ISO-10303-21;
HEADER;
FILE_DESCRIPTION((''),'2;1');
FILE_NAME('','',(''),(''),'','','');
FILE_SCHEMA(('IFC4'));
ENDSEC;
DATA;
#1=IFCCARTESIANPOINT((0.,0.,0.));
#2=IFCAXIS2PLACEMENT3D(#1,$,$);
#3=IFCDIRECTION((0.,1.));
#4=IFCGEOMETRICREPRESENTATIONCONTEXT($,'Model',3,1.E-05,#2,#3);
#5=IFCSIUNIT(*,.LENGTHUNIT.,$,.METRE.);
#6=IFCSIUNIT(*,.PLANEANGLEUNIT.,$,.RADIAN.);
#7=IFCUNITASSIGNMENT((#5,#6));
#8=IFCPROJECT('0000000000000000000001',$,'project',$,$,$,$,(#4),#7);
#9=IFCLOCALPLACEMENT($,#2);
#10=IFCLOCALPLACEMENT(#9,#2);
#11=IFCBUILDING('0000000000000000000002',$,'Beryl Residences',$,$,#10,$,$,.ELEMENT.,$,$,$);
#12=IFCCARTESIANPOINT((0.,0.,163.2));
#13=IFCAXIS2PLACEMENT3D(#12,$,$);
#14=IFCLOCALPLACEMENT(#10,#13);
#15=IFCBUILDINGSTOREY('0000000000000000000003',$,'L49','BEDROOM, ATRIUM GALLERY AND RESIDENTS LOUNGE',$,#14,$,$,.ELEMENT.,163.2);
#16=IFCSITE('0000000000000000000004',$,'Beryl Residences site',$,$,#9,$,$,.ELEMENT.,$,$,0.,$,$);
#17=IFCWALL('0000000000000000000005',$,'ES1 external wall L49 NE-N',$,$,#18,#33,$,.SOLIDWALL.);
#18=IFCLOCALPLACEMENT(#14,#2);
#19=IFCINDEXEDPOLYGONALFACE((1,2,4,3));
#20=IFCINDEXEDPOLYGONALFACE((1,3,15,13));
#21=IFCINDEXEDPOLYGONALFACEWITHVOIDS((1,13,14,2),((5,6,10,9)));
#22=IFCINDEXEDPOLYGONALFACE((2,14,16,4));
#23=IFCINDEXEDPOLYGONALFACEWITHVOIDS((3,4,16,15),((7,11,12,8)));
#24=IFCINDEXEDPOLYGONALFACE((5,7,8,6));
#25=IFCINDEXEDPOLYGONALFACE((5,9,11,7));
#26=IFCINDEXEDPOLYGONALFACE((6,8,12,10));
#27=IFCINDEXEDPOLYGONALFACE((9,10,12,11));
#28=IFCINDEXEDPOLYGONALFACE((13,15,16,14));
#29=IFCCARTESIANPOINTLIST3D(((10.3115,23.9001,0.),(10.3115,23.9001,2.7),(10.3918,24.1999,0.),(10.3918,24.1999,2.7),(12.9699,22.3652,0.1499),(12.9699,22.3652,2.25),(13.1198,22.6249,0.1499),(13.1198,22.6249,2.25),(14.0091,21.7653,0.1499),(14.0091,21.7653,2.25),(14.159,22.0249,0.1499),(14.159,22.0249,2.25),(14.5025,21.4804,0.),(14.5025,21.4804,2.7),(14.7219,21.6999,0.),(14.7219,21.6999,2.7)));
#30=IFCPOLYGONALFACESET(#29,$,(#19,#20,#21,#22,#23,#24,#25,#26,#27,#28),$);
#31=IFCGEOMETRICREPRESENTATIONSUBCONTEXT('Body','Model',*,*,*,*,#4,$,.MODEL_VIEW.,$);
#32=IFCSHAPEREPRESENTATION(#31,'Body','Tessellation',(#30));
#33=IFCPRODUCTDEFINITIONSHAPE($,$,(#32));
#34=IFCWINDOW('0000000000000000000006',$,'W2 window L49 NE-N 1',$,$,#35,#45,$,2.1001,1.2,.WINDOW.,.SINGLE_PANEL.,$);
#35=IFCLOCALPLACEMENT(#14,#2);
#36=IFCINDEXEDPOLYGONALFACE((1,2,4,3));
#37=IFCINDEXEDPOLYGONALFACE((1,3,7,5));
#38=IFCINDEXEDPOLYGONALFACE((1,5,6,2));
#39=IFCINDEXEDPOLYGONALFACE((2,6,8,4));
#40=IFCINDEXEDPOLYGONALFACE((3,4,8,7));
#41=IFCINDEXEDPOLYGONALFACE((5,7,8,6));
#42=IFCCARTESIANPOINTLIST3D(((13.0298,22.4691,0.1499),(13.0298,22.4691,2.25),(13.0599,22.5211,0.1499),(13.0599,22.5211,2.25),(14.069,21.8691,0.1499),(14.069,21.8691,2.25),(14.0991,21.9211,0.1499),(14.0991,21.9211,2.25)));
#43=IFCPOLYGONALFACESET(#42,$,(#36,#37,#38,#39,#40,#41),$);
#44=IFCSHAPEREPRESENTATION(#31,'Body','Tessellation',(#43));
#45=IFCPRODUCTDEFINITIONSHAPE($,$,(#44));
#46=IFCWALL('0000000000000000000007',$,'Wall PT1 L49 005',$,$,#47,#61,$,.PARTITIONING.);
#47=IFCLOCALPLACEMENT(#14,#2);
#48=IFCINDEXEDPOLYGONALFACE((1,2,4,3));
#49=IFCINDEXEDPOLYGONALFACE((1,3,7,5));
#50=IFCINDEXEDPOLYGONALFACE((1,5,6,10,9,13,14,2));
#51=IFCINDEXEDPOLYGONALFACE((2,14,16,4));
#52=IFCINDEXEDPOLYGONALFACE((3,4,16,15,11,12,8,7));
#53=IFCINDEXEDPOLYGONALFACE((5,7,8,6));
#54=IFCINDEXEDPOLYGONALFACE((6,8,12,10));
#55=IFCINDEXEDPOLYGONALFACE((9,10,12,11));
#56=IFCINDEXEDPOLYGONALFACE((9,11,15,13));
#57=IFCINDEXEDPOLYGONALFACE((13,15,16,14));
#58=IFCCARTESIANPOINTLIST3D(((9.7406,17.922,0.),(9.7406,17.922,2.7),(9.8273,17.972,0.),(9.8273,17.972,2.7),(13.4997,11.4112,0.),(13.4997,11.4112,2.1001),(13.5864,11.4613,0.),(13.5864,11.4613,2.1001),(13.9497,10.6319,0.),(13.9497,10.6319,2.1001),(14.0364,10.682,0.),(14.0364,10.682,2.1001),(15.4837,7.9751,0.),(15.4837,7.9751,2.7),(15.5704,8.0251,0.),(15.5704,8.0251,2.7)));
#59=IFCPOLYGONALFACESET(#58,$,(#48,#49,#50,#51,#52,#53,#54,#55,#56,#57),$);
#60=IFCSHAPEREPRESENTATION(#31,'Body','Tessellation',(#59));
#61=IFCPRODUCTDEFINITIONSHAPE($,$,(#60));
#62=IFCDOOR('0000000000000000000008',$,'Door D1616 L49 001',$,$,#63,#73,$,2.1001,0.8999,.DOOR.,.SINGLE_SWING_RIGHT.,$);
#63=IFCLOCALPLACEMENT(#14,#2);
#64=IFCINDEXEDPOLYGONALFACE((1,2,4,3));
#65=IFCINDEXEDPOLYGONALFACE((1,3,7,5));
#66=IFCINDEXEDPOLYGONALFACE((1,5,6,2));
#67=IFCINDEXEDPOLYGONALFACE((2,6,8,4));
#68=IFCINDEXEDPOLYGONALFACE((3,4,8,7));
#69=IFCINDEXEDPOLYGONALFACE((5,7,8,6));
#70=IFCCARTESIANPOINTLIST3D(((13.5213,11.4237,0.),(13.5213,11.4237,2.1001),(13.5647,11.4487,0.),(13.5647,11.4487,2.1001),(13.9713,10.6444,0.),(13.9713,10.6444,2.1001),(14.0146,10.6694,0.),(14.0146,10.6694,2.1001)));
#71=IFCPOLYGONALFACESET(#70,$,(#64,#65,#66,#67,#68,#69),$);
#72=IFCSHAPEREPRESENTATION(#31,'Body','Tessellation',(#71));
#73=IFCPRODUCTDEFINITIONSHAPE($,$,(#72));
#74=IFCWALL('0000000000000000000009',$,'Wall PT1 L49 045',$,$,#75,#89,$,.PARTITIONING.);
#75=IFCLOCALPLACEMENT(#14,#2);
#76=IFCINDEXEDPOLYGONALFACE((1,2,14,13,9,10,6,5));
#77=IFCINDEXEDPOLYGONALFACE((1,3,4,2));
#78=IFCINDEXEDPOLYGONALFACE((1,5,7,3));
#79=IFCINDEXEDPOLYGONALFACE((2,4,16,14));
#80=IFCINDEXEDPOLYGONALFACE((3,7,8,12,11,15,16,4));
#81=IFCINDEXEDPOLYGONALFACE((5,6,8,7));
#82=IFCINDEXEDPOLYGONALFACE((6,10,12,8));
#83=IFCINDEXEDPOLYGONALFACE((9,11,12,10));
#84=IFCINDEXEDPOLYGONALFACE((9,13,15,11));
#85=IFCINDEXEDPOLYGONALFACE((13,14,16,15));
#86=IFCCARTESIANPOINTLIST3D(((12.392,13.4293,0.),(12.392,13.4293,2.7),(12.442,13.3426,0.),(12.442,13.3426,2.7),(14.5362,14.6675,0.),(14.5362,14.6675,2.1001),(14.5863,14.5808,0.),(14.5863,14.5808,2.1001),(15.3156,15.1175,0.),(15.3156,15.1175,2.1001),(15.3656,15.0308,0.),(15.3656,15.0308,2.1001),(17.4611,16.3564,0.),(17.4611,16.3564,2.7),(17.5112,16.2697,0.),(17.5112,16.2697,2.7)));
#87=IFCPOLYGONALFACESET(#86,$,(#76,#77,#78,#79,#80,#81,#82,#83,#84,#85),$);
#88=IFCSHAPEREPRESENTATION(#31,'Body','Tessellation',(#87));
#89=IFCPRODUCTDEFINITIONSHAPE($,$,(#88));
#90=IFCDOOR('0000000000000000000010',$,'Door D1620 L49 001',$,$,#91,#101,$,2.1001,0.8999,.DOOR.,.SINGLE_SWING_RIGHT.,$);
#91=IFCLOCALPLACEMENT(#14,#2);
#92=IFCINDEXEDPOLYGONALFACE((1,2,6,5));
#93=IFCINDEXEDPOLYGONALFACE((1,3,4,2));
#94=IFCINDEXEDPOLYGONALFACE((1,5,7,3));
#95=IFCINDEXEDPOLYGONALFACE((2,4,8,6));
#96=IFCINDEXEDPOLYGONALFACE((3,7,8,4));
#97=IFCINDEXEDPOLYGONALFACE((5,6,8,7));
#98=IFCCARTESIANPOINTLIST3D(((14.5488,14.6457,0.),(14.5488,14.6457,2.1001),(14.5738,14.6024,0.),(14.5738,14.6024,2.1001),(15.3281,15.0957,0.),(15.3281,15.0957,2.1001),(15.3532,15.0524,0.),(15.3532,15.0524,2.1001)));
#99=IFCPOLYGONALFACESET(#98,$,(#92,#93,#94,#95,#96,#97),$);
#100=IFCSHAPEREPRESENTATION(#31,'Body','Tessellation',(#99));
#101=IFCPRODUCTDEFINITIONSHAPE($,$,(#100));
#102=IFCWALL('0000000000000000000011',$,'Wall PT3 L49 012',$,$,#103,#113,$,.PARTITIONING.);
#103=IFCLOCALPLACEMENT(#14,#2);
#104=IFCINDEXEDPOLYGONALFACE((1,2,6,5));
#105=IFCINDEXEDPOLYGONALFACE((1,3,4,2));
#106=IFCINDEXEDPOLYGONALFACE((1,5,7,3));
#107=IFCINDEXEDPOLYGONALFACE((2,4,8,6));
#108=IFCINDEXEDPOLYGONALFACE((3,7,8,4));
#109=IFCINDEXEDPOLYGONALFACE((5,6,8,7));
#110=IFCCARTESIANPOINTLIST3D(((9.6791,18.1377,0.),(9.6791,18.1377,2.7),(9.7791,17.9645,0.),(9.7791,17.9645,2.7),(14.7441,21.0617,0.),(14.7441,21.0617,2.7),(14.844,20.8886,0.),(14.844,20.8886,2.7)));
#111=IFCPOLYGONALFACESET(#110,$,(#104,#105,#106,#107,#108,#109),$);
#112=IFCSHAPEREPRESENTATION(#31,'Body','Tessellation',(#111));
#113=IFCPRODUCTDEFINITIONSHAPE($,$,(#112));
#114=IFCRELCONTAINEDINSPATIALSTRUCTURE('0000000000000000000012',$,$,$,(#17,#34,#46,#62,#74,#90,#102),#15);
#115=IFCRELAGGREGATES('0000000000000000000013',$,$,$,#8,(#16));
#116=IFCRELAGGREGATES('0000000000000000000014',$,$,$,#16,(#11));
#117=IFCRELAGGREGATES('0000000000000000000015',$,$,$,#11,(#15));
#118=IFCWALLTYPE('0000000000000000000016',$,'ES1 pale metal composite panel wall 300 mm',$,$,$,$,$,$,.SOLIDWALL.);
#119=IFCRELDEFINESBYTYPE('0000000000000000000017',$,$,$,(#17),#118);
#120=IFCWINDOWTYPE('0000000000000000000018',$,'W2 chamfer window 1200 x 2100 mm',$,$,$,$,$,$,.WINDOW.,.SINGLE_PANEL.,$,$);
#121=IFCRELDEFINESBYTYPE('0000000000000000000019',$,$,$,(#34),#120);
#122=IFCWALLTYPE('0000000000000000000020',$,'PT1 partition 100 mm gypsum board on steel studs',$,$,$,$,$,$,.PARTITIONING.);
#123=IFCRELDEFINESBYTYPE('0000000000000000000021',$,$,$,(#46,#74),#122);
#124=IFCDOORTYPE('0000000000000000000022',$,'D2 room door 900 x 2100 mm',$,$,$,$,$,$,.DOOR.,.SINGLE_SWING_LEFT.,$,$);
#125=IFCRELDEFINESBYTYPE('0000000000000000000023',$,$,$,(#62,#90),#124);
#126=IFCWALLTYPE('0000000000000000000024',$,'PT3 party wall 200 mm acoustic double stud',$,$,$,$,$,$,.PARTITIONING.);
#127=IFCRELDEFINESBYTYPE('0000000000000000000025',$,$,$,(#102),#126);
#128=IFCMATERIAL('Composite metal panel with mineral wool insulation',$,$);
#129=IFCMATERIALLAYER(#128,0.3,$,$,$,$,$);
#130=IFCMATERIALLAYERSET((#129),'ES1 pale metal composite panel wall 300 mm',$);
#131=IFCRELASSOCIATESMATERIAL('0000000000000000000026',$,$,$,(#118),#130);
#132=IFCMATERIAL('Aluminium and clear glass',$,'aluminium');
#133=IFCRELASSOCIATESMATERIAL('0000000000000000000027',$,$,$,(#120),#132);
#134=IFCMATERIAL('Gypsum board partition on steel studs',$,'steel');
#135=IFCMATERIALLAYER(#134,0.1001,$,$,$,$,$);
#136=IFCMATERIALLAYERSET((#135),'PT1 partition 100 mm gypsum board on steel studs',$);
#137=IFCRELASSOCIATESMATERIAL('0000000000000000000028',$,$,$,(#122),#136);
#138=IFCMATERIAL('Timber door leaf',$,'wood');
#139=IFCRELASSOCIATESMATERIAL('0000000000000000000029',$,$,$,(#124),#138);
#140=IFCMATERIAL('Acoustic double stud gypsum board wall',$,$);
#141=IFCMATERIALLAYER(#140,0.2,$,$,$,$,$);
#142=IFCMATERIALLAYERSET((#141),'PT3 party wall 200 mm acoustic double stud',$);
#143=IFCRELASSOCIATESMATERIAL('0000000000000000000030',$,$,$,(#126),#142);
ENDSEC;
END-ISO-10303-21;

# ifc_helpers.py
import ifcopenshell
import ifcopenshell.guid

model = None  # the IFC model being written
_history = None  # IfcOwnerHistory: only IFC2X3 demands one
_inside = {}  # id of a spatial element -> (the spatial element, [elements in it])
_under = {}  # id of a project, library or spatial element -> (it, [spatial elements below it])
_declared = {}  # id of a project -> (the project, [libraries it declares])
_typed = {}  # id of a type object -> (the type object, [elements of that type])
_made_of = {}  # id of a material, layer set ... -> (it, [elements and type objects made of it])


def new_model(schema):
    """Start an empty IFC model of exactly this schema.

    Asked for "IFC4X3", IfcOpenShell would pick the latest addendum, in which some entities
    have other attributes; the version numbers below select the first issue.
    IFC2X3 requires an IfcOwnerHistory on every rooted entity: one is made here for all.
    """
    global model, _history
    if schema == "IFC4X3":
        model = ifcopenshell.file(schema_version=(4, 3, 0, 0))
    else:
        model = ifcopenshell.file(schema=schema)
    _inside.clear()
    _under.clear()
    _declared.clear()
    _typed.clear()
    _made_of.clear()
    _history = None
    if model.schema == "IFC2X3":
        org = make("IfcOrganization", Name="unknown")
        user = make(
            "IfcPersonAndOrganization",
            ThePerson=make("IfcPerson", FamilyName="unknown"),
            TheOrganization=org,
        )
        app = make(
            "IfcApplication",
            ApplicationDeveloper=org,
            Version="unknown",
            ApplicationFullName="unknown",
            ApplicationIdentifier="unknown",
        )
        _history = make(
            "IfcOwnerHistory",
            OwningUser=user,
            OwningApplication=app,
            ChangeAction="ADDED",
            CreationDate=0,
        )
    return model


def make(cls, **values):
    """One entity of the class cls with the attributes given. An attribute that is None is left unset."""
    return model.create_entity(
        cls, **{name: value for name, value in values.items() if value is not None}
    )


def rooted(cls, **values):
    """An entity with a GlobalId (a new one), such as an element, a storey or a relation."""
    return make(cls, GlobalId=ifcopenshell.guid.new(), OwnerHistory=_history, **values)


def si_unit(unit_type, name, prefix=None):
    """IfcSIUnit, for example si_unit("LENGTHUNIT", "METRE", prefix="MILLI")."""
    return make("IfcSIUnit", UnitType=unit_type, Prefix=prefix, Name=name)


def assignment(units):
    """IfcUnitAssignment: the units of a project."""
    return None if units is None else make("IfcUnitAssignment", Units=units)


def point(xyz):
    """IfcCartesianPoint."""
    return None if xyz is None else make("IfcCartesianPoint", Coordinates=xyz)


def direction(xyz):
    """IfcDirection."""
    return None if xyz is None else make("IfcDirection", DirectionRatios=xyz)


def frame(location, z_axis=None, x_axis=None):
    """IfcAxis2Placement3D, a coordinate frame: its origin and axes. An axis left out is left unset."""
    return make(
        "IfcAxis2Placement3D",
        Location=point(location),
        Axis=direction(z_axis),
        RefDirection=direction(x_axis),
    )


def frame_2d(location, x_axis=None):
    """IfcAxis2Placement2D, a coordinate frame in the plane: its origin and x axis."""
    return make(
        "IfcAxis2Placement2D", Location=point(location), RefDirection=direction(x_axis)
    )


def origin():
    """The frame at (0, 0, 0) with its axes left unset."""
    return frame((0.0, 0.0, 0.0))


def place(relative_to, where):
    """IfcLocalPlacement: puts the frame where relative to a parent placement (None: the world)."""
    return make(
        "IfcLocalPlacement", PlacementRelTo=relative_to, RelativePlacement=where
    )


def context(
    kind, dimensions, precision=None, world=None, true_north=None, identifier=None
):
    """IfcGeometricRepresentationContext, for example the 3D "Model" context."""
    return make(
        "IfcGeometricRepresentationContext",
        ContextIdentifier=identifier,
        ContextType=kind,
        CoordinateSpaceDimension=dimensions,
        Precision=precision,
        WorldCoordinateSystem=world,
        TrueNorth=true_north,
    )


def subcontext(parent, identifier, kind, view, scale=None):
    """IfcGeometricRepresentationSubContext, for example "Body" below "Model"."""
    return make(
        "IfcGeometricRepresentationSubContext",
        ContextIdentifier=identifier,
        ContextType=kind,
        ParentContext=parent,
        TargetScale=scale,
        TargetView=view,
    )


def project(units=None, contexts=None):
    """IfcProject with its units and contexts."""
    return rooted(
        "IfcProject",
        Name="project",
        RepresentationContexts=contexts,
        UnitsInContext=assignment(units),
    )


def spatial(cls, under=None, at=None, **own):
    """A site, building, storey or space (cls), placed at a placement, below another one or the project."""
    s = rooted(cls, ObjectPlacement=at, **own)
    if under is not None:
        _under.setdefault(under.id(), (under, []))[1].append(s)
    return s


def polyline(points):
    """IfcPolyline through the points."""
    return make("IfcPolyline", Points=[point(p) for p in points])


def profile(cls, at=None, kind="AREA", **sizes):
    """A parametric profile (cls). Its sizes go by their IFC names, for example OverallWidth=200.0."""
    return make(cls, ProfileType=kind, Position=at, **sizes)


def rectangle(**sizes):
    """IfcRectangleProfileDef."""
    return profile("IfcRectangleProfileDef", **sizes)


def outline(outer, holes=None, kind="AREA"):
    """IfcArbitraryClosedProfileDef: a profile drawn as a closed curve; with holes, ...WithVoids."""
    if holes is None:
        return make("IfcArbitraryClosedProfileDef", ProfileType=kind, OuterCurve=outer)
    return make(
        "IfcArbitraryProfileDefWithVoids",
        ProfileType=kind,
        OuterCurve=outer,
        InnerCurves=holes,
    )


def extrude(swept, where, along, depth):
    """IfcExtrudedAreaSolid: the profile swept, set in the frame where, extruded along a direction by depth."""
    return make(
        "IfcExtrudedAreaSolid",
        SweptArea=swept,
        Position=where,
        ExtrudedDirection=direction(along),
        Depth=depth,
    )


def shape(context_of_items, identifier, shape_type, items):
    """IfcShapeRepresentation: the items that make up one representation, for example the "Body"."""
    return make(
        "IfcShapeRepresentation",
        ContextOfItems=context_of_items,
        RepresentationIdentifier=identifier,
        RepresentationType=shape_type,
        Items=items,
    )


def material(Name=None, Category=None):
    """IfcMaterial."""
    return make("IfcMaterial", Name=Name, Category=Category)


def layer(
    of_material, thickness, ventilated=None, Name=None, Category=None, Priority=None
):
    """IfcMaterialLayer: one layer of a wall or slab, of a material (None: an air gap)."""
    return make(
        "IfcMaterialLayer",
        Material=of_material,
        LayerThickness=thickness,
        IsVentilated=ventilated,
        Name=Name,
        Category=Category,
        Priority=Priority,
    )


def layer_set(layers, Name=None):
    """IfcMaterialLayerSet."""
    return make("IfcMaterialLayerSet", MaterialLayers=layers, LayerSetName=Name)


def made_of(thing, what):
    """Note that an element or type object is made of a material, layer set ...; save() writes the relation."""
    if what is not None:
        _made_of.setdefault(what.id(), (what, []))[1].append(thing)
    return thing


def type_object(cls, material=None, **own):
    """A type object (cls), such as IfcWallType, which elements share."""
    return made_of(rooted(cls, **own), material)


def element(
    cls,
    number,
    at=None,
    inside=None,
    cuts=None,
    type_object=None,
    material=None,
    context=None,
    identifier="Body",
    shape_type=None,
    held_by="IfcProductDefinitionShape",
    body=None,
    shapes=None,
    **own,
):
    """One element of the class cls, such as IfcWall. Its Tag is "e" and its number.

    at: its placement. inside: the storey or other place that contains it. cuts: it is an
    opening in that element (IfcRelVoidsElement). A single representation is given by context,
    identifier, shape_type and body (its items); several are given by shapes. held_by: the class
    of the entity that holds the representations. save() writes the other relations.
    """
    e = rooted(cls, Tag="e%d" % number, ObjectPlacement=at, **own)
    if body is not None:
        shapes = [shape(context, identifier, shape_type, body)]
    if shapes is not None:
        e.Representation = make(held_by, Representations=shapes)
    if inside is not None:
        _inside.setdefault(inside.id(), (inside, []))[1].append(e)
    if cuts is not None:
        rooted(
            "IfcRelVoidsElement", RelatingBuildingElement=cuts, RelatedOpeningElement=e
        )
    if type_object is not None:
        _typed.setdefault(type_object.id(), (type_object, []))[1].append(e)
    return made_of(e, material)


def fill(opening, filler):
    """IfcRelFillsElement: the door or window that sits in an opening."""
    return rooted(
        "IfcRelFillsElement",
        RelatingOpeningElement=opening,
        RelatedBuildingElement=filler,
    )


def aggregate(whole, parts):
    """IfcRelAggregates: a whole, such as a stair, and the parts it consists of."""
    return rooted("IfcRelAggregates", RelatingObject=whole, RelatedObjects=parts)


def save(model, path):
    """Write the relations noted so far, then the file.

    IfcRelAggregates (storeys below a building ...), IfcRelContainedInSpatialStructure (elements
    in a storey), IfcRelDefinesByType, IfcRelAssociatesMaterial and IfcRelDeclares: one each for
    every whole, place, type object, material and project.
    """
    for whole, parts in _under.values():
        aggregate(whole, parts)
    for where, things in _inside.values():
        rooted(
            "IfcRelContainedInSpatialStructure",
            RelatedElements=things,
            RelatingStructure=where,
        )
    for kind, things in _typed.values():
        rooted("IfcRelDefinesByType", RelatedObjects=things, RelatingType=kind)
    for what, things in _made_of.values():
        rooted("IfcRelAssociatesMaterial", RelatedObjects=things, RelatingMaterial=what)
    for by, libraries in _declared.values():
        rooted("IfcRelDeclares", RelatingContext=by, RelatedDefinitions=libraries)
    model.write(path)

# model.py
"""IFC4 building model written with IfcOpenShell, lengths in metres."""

from ifc_helpers import new_model, si_unit, direction, frame, frame_2d, origin, place, context, subcontext, project, spatial, polyline, rectangle, outline, extrude, material, layer, layer_set, type_object, element, fill, save


model = new_model("IFC4")

# Units and contexts
model_context = context("Model", 3, precision=1e-05, world=origin(), true_north=direction((0.0, 1.0)))
body_context = subcontext(model_context, "Body", "Model", "MODEL_VIEW")
ifc_project = project(units=[si_unit("LENGTHUNIT", "METRE"), si_unit("PLANEANGLEUNIT", "RADIAN")], contexts=[model_context])

# Site, building, storey
site_placement = place(None, origin())
site = spatial("IfcSite", under=ifc_project, at=site_placement, Name="Beryl Residences site", CompositionType="ELEMENT", RefElevation=0.0)
building_placement = place(site_placement, origin())
building = spatial("IfcBuilding", under=site, at=building_placement, Name="Beryl Residences", CompositionType="ELEMENT")
storey_placement = place(building_placement, frame((0.0, 0.0, 163.2)))
storey = spatial("IfcBuildingStorey", under=building, at=storey_placement, Name="L49", Description="BEDROOM, ATRIUM GALLERY AND RESIDENTS LOUNGE", CompositionType="ELEMENT", Elevation=163.2)

# Shared definitions
ifc_material_1 = material(Name="Composite metal panel with mineral wool insulation")
ifc_layer_1 = layer(ifc_material_1, 0.3)
ifc_layer_set_1 = layer_set([ifc_layer_1], Name="ES1 pale metal composite panel wall 300 mm")
wall_type_1 = type_object("IfcWallType", Name="ES1 pale metal composite panel wall 300 mm", PredefinedType="SOLIDWALL", material=ifc_layer_set_1)

# Wall, opening, window
wall_1_placement = place(storey_placement, frame((14.647, 21.5701, 0.0), z_axis=(0.0, 0.0, 1.0), x_axis=(-0.866023, 0.500004, 0.0)))
wall_1 = element("IfcWall", 1, at=wall_1_placement, inside=storey, type_object=wall_type_1, Name="ES1 external wall L49 NE-N", PredefinedType="SOLIDWALL", context=body_context, shape_type="SweptSolid", body=[
    extrude(outline(polyline([(0.0, -0.1499), (5.0, -0.1499), (4.9197, 0.1499), (0.0803, 0.1499), (0.0, -0.1499)])), origin(), (0.0, 0.0, 1.0), 2.7),
])
opening_1_placement = place(wall_1_placement, frame((0.6499, 0.0, 0.1499)))
opening_1 = element("IfcOpeningElement", 2, at=opening_1_placement, cuts=wall_1, PredefinedType="OPENING", context=body_context, shape_type="SweptSolid", body=[
    extrude(rectangle(XDim=1.2, YDim=2.1001, at=frame_2d((0.6001, 1.05))), frame((0.0, 0.1599, 0.0), z_axis=(0.0, -1.0, 0.0), x_axis=(1.0, 0.0, 0.0)), (0.0, 0.0, 1.0), 0.3201),
])
ifc_material_2 = material(Name="Aluminium and clear glass", Category="aluminium")
window_type_1 = type_object("IfcWindowType", Name="W2 chamfer window 1200 x 2100 mm", PartitioningType="SINGLE_PANEL", PredefinedType="WINDOW", material=ifc_material_2)
window_1_placement = place(opening_1_placement, origin())
window_1 = element("IfcWindow", 3, at=window_1_placement, inside=storey, type_object=window_type_1, Name="W2 window L49 NE-N 1", OverallHeight=2.1001, OverallWidth=1.2, PartitioningType="SINGLE_PANEL", PredefinedType="WINDOW", context=body_context, shape_type="SweptSolid", body=[
    extrude(rectangle(XDim=1.2, YDim=2.1001, at=frame_2d((0.6001, 1.05))), frame((0.0, 0.03, 0.0), z_axis=(0.0, -1.0, 0.0), x_axis=(1.0, 0.0, 0.0)), (0.0, 0.0, 1.0), 0.0601),
])
fill(opening_1, window_1)

# Walls, openings, doors
ifc_material_3 = material(Name="Gypsum board partition on steel studs", Category="steel")
ifc_layer_2 = layer(ifc_material_3, 0.1001)
ifc_layer_set_2 = layer_set([ifc_layer_2], Name="PT1 partition 100 mm gypsum board on steel studs")
wall_type_2 = type_object("IfcWallType", Name="PT1 partition 100 mm gypsum board on steel studs", PredefinedType="PARTITIONING", material=ifc_layer_set_2)
wall_2_placement = place(storey_placement, frame((9.7839, 17.947, 0.0), z_axis=(0.0, 0.0, 1.0), x_axis=(0.500016, -0.866016, 0.0)))
wall_2 = element("IfcWall", 4, at=wall_2_placement, inside=storey, type_object=wall_type_2, Name="Wall PT1 L49 005", PredefinedType="PARTITIONING", context=body_context, shape_type="SweptSolid", body=[
    extrude(rectangle(XDim=11.4858, YDim=0.1001, at=frame_2d((5.7429, 0.0))), origin(), (0.0, 0.0, 1.0), 2.7),
])
opening_2_placement = place(wall_2_placement, frame((7.5181, 0.0, 0.0)))
opening_2 = element("IfcOpeningElement", 5, at=opening_2_placement, cuts=wall_2, PredefinedType="OPENING", context=body_context, shape_type="SweptSolid", body=[
    extrude(rectangle(XDim=0.8999, YDim=2.1001, at=frame_2d((0.45, 1.05))), frame((0.0, 0.0601, 0.0), z_axis=(0.0, -1.0, 0.0), x_axis=(1.0, 0.0, 0.0)), (0.0, 0.0, 1.0), 0.1201),
])
ifc_material_4 = material(Name="Timber door leaf", Category="wood")
door_type = type_object("IfcDoorType", Name="D2 room door 900 x 2100 mm", OperationType="SINGLE_SWING_LEFT", PredefinedType="DOOR", material=ifc_material_4)
door_1_placement = place(opening_2_placement, origin())
door_1 = element("IfcDoor", 6, at=door_1_placement, inside=storey, type_object=door_type, Name="Door D1616 L49 001", OperationType="SINGLE_SWING_RIGHT", OverallHeight=2.1001, OverallWidth=0.8999, PredefinedType="DOOR", context=body_context, shape_type="SweptSolid", body=[
    extrude(rectangle(XDim=0.8999, YDim=2.1001, at=frame_2d((0.45, 1.05))), frame((0.0, 0.0249, 0.0), z_axis=(0.0, -1.0, 0.0), x_axis=(1.0, 0.0, 0.0)), (0.0, 0.0, 1.0), 0.05),
])
fill(opening_2, door_1)
wall_3_placement = place(storey_placement, frame((12.417, 13.386, 0.0), z_axis=(0.0, 0.0, 1.0), x_axis=(0.865999, 0.500046, 0.0)))
wall_3 = element("IfcWall", 7, at=wall_3_placement, inside=storey, type_object=wall_type_2, Name="Wall PT1 L49 045", PredefinedType="PARTITIONING", context=body_context, shape_type="SweptSolid", body=[
    extrude(rectangle(XDim=5.8535, YDim=0.1001, at=frame_2d((2.9268, 0.0))), origin(), (0.0, 0.0, 1.0), 2.7),
])
opening_3_placement = place(wall_3_placement, frame((2.4761, 0.0, 0.0)))
opening_3 = element("IfcOpeningElement", 8, at=opening_3_placement, cuts=wall_3, PredefinedType="OPENING", context=body_context, shape_type="SweptSolid", body=[
    extrude(rectangle(XDim=0.8999, YDim=2.1001, at=frame_2d((0.45, 1.05))), frame((0.0, 0.0601, 0.0), z_axis=(0.0, -1.0, 0.0), x_axis=(1.0, 0.0, 0.0)), (0.0, 0.0, 1.0), 0.1201),
])
door_2_placement = place(opening_3_placement, origin())
door_2 = element("IfcDoor", 9, at=door_2_placement, inside=storey, type_object=door_type, Name="Door D1620 L49 001", OperationType="SINGLE_SWING_RIGHT", OverallHeight=2.1001, OverallWidth=0.8999, PredefinedType="DOOR", context=body_context, shape_type="SweptSolid", body=[
    extrude(rectangle(XDim=0.8999, YDim=2.1001, at=frame_2d((0.45, 1.05))), frame((0.0, 0.0249, 0.0), z_axis=(0.0, -1.0, 0.0), x_axis=(1.0, 0.0, 0.0)), (0.0, 0.0, 1.0), 0.05),
])
fill(opening_3, door_2)

# Wall
ifc_material_5 = material(Name="Acoustic double stud gypsum board wall")
ifc_layer_3 = layer(ifc_material_5, 0.2)
ifc_layer_set_3 = layer_set([ifc_layer_3], Name="PT3 party wall 200 mm acoustic double stud")
wall_type_3 = type_object("IfcWallType", Name="PT3 party wall 200 mm acoustic double stud", PredefinedType="PARTITIONING", material=ifc_layer_set_3)
wall_4_placement = place(storey_placement, frame((9.729, 18.051, 0.0), z_axis=(0.0, 0.0, 1.0), x_axis=(0.866038, 0.499978, 0.0)))
element("IfcWall", 10, at=wall_4_placement, inside=storey, type_object=wall_type_3, Name="Wall PT3 L49 012", PredefinedType="PARTITIONING", context=body_context, shape_type="SweptSolid", body=[
    extrude(rectangle(XDim=5.8484, YDim=0.2, at=frame_2d((2.9243, 0.0))), origin(), (0.0, 0.0, 1.0), 2.7),
])

save(model, "model.ifc")
